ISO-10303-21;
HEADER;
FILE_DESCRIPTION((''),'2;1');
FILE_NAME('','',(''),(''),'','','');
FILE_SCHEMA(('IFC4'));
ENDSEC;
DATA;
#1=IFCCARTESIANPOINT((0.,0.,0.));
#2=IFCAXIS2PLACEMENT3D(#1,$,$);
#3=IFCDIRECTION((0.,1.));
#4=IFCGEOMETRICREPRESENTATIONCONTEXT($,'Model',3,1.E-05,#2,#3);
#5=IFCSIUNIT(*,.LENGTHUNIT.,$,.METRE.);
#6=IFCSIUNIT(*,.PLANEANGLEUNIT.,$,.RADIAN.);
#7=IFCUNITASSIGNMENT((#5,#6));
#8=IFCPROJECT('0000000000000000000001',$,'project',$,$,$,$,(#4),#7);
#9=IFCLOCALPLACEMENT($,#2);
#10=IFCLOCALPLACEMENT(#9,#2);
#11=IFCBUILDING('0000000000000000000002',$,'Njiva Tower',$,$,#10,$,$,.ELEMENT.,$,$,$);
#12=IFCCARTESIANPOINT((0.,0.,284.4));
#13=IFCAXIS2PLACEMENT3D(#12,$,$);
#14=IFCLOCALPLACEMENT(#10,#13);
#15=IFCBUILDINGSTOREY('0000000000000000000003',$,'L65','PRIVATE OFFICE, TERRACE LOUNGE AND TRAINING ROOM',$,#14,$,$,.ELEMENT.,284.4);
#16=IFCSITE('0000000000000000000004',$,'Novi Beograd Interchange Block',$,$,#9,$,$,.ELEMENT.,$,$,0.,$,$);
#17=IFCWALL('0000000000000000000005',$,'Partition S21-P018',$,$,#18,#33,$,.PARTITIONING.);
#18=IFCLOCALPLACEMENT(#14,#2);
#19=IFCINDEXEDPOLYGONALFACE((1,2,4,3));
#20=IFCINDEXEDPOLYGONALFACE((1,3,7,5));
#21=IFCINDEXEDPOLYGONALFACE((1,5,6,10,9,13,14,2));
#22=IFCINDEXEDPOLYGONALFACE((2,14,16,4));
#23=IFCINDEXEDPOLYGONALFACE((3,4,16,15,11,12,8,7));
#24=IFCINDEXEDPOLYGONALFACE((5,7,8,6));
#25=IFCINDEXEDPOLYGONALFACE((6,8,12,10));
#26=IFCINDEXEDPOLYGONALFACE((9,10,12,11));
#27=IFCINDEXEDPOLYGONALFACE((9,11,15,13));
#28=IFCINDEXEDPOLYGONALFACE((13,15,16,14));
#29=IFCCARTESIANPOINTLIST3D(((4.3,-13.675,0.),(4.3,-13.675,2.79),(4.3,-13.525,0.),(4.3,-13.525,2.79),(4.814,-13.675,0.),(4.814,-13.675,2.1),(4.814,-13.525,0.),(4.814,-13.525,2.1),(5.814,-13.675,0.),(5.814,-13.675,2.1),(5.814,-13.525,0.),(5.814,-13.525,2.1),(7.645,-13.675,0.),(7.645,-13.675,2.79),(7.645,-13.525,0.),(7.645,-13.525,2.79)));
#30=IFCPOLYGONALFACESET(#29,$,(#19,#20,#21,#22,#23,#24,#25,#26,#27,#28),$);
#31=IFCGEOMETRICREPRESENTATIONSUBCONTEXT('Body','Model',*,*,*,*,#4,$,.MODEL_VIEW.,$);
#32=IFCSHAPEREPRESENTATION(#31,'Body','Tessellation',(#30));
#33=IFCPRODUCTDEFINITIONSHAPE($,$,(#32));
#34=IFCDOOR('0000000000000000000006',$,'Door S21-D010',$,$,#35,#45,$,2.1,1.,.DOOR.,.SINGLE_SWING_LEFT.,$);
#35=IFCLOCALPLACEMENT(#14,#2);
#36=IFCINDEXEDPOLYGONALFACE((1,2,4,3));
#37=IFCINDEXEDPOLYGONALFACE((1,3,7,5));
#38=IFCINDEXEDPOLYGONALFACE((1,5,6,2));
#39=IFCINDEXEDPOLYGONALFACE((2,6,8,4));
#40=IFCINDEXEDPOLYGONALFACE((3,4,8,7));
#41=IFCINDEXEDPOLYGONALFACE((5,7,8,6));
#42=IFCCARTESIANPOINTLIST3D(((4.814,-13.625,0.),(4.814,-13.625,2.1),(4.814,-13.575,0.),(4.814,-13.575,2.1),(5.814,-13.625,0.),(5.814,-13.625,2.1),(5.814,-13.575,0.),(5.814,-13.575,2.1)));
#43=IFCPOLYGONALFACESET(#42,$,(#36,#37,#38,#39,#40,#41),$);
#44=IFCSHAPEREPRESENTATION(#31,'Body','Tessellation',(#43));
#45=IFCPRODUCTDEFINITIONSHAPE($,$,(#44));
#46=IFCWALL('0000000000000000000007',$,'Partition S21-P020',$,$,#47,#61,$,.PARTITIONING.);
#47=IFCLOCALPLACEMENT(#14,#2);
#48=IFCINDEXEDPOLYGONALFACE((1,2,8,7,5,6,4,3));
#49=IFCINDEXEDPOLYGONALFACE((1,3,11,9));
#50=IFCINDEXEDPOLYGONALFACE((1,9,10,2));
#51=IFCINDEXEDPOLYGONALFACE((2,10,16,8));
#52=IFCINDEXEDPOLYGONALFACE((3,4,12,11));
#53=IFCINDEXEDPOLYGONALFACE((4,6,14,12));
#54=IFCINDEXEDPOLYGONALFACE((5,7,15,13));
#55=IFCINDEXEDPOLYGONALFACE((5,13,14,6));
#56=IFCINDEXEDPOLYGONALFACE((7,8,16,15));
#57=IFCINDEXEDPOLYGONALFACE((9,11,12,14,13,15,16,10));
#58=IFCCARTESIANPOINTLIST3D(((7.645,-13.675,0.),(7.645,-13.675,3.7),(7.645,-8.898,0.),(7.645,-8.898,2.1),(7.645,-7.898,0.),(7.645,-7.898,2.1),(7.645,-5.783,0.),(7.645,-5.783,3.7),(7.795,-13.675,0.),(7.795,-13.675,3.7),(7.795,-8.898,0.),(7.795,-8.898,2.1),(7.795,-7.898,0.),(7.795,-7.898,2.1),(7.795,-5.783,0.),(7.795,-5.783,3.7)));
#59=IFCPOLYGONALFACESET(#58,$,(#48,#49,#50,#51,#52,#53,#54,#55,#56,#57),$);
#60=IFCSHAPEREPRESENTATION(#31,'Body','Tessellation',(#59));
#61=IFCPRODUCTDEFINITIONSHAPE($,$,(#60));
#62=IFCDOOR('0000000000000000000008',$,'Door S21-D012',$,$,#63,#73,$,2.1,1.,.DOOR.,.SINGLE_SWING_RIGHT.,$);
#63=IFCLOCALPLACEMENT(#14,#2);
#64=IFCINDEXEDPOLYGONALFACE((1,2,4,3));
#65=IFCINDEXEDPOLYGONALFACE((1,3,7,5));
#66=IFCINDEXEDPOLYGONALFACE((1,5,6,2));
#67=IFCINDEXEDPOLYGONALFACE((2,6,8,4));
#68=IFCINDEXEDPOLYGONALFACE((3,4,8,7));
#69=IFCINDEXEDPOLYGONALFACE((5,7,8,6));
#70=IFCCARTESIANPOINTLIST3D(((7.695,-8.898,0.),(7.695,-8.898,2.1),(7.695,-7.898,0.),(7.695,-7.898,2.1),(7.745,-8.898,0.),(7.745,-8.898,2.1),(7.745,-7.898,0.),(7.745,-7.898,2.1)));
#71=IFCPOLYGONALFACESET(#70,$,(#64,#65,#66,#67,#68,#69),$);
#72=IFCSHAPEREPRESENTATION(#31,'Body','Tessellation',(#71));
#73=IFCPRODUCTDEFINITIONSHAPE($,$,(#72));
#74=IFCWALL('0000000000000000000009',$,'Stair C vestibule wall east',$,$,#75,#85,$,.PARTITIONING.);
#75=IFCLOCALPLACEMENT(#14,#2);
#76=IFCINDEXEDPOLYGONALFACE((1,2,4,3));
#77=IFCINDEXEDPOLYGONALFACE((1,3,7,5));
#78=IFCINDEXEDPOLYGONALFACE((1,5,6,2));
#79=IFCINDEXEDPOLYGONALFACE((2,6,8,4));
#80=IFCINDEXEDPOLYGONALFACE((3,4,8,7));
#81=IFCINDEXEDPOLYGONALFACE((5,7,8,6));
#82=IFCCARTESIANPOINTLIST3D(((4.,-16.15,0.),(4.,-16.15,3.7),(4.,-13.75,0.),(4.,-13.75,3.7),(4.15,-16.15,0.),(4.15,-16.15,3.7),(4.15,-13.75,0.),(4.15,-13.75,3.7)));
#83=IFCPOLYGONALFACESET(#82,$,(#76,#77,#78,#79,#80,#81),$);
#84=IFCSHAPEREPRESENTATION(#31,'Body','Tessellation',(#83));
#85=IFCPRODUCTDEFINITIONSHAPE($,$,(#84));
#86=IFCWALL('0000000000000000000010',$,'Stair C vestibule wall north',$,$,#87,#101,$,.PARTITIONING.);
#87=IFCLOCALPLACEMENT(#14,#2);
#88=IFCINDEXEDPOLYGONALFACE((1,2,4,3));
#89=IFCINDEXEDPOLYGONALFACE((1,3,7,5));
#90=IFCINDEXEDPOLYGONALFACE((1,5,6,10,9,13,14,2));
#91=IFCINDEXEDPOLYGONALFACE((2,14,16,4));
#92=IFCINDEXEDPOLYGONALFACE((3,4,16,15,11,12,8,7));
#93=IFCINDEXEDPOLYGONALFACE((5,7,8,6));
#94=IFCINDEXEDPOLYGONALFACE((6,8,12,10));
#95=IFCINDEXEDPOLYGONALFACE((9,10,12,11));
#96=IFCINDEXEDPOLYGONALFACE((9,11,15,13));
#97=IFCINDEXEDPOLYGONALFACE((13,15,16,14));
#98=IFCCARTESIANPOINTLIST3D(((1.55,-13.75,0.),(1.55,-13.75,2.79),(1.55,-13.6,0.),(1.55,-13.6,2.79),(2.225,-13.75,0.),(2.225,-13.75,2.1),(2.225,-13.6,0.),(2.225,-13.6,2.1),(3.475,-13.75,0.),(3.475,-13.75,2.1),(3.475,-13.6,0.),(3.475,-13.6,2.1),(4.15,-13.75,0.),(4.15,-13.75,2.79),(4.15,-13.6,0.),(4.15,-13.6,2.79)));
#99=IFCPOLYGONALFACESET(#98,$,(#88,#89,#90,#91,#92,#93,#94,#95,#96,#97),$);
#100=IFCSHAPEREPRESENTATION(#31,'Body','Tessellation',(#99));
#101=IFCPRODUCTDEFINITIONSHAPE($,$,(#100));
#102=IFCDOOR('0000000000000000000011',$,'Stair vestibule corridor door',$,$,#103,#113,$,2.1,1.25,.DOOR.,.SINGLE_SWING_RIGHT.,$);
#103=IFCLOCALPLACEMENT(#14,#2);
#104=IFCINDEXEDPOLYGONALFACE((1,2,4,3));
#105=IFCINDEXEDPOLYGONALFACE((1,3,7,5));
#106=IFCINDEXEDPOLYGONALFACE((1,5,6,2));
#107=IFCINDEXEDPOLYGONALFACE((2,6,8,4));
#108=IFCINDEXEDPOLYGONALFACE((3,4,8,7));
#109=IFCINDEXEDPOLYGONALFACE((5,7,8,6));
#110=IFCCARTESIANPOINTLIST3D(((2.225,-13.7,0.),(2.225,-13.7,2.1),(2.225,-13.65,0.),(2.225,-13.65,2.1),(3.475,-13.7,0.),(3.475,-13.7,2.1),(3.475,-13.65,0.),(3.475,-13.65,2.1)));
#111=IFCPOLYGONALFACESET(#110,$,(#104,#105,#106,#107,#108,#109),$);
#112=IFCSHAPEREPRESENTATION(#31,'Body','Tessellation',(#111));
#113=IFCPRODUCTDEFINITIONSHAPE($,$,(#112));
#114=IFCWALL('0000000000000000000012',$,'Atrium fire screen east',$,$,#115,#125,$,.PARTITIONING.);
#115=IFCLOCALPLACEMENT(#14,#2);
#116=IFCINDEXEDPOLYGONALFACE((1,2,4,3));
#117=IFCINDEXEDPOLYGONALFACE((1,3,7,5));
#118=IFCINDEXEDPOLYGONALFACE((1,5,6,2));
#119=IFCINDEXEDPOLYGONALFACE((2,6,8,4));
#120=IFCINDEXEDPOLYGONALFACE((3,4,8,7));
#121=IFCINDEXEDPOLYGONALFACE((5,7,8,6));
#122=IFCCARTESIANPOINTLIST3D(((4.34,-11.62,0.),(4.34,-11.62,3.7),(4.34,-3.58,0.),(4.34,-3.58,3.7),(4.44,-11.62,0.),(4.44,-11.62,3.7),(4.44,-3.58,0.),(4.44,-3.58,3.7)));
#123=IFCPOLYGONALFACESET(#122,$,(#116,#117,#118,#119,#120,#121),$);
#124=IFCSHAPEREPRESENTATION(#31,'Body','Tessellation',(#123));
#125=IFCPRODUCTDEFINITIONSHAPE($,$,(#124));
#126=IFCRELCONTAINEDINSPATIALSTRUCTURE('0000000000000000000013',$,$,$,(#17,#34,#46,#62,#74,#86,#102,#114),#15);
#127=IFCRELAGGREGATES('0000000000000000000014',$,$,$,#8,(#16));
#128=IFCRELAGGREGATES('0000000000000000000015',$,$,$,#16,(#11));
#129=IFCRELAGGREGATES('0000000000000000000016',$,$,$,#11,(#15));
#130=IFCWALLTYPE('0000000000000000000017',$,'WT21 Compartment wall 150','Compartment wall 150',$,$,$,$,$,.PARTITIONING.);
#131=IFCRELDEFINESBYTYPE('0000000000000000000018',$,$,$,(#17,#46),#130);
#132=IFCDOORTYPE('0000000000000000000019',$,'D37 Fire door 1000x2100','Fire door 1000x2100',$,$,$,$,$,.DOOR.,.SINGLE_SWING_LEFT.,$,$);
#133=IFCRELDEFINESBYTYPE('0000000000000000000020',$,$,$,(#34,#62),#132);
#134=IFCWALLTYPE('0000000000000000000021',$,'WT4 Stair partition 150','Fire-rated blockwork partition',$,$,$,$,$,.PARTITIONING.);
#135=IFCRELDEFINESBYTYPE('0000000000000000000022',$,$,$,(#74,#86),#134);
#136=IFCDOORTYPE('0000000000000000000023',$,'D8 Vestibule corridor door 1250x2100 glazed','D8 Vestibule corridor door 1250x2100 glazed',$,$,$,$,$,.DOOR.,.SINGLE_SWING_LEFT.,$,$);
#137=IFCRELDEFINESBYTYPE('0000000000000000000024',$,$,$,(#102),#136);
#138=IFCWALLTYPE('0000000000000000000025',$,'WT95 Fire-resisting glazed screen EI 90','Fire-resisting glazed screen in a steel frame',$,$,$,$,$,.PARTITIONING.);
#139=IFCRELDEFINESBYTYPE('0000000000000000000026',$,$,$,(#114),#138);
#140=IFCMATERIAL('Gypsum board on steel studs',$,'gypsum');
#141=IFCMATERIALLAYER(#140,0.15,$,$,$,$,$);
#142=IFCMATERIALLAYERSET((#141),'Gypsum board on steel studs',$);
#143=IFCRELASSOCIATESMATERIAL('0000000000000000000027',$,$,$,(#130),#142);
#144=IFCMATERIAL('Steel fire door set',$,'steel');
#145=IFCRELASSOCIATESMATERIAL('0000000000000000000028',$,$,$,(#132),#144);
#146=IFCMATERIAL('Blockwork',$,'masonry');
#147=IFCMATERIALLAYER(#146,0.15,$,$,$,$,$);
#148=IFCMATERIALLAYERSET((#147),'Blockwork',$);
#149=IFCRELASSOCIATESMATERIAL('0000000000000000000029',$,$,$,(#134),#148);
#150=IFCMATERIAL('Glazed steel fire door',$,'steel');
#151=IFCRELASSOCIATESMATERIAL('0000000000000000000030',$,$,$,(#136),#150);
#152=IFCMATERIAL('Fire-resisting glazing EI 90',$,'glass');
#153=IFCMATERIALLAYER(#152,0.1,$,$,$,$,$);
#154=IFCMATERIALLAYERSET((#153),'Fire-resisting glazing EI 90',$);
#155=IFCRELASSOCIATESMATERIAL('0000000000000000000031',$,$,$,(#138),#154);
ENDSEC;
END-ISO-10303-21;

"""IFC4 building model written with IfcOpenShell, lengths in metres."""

from ifc_helpers import new_model, si_unit, direction, frame, frame_2d, origin, place, context, subcontext, project, spatial, rectangle, extrude, material, layer, layer_set, type_object, element, fill, save


model = new_model("IFC4")

# Units and contexts
model_context = context("Model", 3, precision=1e-05, world=origin(), true_north=direction((0.0, 1.0)))
body_context = subcontext(model_context, "Body", "Model", "MODEL_VIEW")
ifc_project = project(units=[si_unit("LENGTHUNIT", "METRE"), si_unit("PLANEANGLEUNIT", "RADIAN")], contexts=[model_context])

# Site, building, storey
site_placement = place(None, origin())
site = spatial("IfcSite", under=ifc_project, at=site_placement, Name="Novi Beograd Interchange Block", CompositionType="ELEMENT", RefElevation=0.0)
building_placement = place(site_placement, origin())
building = spatial("IfcBuilding", under=site, at=building_placement, Name="Njiva Tower", CompositionType="ELEMENT")
storey_placement = place(building_placement, frame((0.0, 0.0, 284.4)))
storey = spatial("IfcBuildingStorey", under=building, at=storey_placement, Name="L65", Description="PRIVATE OFFICE, TERRACE LOUNGE AND TRAINING ROOM", CompositionType="ELEMENT", Elevation=284.4)

# Shared definitions
ifc_material_1 = material(Name="Gypsum board on steel studs", Category="gypsum")

# Walls, openings, doors
ifc_layer_1 = layer(ifc_material_1, 0.15)
ifc_layer_set_1 = layer_set([ifc_layer_1], Name="Gypsum board on steel studs")
wall_type_1 = type_object("IfcWallType", Name="WT21 Compartment wall 150", Description="Compartment wall 150", PredefinedType="PARTITIONING", material=ifc_layer_set_1)
wall_1_placement = place(storey_placement, frame((4.3, -13.6, 0.0), z_axis=(0.0, 0.0, 1.0), x_axis=(1.0, 0.0, 0.0)))
wall_1 = element("IfcWall", 1, at=wall_1_placement, inside=storey, type_object=wall_type_1, Name="Partition S21-P018", PredefinedType="PARTITIONING", context=body_context, shape_type="SweptSolid", body=[
    extrude(rectangle(XDim=3.345, YDim=0.15, at=frame_2d((1.6725, 0.0))), origin(), (0.0, 0.0, 1.0), 2.79),
])
opening_1_placement = place(wall_1_placement, frame((0.514, 0.0, 0.0)))
opening_1 = element("IfcOpeningElement", 2, at=opening_1_placement, cuts=wall_1, PredefinedType="OPENING", context=body_context, shape_type="SweptSolid", body=[
    extrude(rectangle(XDim=1.0, YDim=2.1, at=frame_2d((0.5, 1.05))), frame((0.0, 0.085, 0.0), z_axis=(0.0, -1.0, 0.0), x_axis=(1.0, 0.0, 0.0)), (0.0, 0.0, 1.0), 0.17),
])
ifc_material_2 = material(Name="Steel fire door set", Category="steel")
door_type_1 = type_object("IfcDoorType", Name="D37 Fire door 1000x2100", Description="Fire door 1000x2100", OperationType="SINGLE_SWING_LEFT", PredefinedType="DOOR", material=ifc_material_2)
door_1_placement = place(opening_1_placement, origin())
door_1 = element("IfcDoor", 3, at=door_1_placement, inside=storey, type_object=door_type_1, Name="Door S21-D010", OperationType="SINGLE_SWING_LEFT", OverallHeight=2.1, OverallWidth=1.0, PredefinedType="DOOR", context=body_context, shape_type="SweptSolid", body=[
    extrude(rectangle(XDim=1.0, YDim=2.1, at=frame_2d((0.5, 1.05))), frame((0.0, 0.025, 0.0), z_axis=(0.0, -1.0, 0.0), x_axis=(1.0, 0.0, 0.0)), (0.0, 0.0, 1.0), 0.05),
])
fill(opening_1, door_1)
wall_2_placement = place(storey_placement, frame((7.72, -13.675, 0.0), z_axis=(0.0, 0.0, 1.0), x_axis=(0.0, 1.0, 0.0)))
wall_2 = element("IfcWall", 4, at=wall_2_placement, inside=storey, type_object=wall_type_1, Name="Partition S21-P020", PredefinedType="PARTITIONING", context=body_context, shape_type="SweptSolid", body=[
    extrude(rectangle(XDim=7.892, YDim=0.15, at=frame_2d((3.946, 0.0))), origin(), (0.0, 0.0, 1.0), 3.7),
])
opening_2_placement = place(wall_2_placement, frame((4.777, 0.0, 0.0)))
opening_2 = element("IfcOpeningElement", 5, at=opening_2_placement, cuts=wall_2, PredefinedType="OPENING", context=body_context, shape_type="SweptSolid", body=[
    extrude(rectangle(XDim=1.0, YDim=2.1, at=frame_2d((0.5, 1.05))), frame((0.0, 0.085, 0.0), z_axis=(0.0, -1.0, 0.0), x_axis=(1.0, 0.0, 0.0)), (0.0, 0.0, 1.0), 0.17),
])
door_2_placement = place(opening_2_placement, origin())
door_2 = element("IfcDoor", 6, at=door_2_placement, inside=storey, type_object=door_type_1, Name="Door S21-D012", OperationType="SINGLE_SWING_RIGHT", OverallHeight=2.1, OverallWidth=1.0, PredefinedType="DOOR", context=body_context, shape_type="SweptSolid", body=[
    extrude(rectangle(XDim=1.0, YDim=2.1, at=frame_2d((0.5, 1.05))), frame((0.0, 0.025, 0.0), z_axis=(0.0, -1.0, 0.0), x_axis=(1.0, 0.0, 0.0)), (0.0, 0.0, 1.0), 0.05),
])
fill(opening_2, door_2)

# Wall
ifc_material_3 = material(Name="Blockwork", Category="masonry")
ifc_layer_2 = layer(ifc_material_3, 0.15)
ifc_layer_set_2 = layer_set([ifc_layer_2], Name="Blockwork")
wall_type_2 = type_object("IfcWallType", Name="WT4 Stair partition 150", Description="Fire-rated blockwork partition", PredefinedType="PARTITIONING", material=ifc_layer_set_2)
wall_3_placement = place(storey_placement, frame((4.075, -16.15, 0.0), z_axis=(0.0, 0.0, 1.0), x_axis=(0.0, 1.0, 0.0)))
element("IfcWall", 7, at=wall_3_placement, inside=storey, type_object=wall_type_2, Name="Stair C vestibule wall east", PredefinedType="PARTITIONING", context=body_context, shape_type="SweptSolid", body=[
    extrude(rectangle(XDim=2.4, YDim=0.15, at=frame_2d((1.2, 0.0))), origin(), (0.0, 0.0, 1.0), 3.7),
])

# Wall, opening, door
wall_4_placement = place(storey_placement, frame((1.55, -13.675, 0.0), z_axis=(0.0, 0.0, 1.0), x_axis=(1.0, 0.0, 0.0)))
wall_4 = element("IfcWall", 8, at=wall_4_placement, inside=storey, type_object=wall_type_2, Name="Stair C vestibule wall north", PredefinedType="PARTITIONING", context=body_context, shape_type="SweptSolid", body=[
    extrude(rectangle(XDim=2.6, YDim=0.15, at=frame_2d((1.3, 0.0))), origin(), (0.0, 0.0, 1.0), 2.79),
])
opening_3_placement = place(wall_4_placement, frame((0.675, 0.0, 0.0)))
opening_3 = element("IfcOpeningElement", 9, at=opening_3_placement, cuts=wall_4, PredefinedType="OPENING", context=body_context, shape_type="SweptSolid", body=[
    extrude(rectangle(XDim=1.25, YDim=2.1, at=frame_2d((0.625, 1.05))), frame((0.0, 0.085, 0.0), z_axis=(0.0, -1.0, 0.0), x_axis=(1.0, 0.0, 0.0)), (0.0, 0.0, 1.0), 0.17),
])
ifc_material_4 = material(Name="Glazed steel fire door", Category="steel")
door_type_2 = type_object("IfcDoorType", Name="D8 Vestibule corridor door 1250x2100 glazed", Description="D8 Vestibule corridor door 1250x2100 glazed", OperationType="SINGLE_SWING_LEFT", PredefinedType="DOOR", material=ifc_material_4)
door_3_placement = place(opening_3_placement, origin())
door_3 = element("IfcDoor", 10, at=door_3_placement, inside=storey, type_object=door_type_2, Name="Stair vestibule corridor door", OperationType="SINGLE_SWING_RIGHT", OverallHeight=2.1, OverallWidth=1.25, PredefinedType="DOOR", context=body_context, shape_type="SweptSolid", body=[
    extrude(rectangle(XDim=1.25, YDim=2.1, at=frame_2d((0.625, 1.05))), frame((0.0, 0.025, 0.0), z_axis=(0.0, -1.0, 0.0), x_axis=(1.0, 0.0, 0.0)), (0.0, 0.0, 1.0), 0.05),
])
fill(opening_3, door_3)

# Wall
ifc_material_5 = material(Name="Fire-resisting glazing EI 90", Category="glass")
ifc_layer_3 = layer(ifc_material_5, 0.1)
ifc_layer_set_3 = layer_set([ifc_layer_3], Name="Fire-resisting glazing EI 90")
wall_type_3 = type_object("IfcWallType", Name="WT95 Fire-resisting glazed screen EI 90", Description="Fire-resisting glazed screen in a steel frame", PredefinedType="PARTITIONING", material=ifc_layer_set_3)
wall_5_placement = place(storey_placement, frame((4.39, -11.62, 0.0), z_axis=(0.0, 0.0, 1.0), x_axis=(0.0, 1.0, 0.0)))
element("IfcWall", 11, at=wall_5_placement, inside=storey, type_object=wall_type_3, Name="Atrium fire screen east", PredefinedType="PARTITIONING", context=body_context, shape_type="SweptSolid", body=[
    extrude(rectangle(XDim=8.04, YDim=0.1, at=frame_2d((4.02, 0.0))), origin(), (0.0, 0.0, 1.0), 3.7),
])

save(model, "model.ifc")
